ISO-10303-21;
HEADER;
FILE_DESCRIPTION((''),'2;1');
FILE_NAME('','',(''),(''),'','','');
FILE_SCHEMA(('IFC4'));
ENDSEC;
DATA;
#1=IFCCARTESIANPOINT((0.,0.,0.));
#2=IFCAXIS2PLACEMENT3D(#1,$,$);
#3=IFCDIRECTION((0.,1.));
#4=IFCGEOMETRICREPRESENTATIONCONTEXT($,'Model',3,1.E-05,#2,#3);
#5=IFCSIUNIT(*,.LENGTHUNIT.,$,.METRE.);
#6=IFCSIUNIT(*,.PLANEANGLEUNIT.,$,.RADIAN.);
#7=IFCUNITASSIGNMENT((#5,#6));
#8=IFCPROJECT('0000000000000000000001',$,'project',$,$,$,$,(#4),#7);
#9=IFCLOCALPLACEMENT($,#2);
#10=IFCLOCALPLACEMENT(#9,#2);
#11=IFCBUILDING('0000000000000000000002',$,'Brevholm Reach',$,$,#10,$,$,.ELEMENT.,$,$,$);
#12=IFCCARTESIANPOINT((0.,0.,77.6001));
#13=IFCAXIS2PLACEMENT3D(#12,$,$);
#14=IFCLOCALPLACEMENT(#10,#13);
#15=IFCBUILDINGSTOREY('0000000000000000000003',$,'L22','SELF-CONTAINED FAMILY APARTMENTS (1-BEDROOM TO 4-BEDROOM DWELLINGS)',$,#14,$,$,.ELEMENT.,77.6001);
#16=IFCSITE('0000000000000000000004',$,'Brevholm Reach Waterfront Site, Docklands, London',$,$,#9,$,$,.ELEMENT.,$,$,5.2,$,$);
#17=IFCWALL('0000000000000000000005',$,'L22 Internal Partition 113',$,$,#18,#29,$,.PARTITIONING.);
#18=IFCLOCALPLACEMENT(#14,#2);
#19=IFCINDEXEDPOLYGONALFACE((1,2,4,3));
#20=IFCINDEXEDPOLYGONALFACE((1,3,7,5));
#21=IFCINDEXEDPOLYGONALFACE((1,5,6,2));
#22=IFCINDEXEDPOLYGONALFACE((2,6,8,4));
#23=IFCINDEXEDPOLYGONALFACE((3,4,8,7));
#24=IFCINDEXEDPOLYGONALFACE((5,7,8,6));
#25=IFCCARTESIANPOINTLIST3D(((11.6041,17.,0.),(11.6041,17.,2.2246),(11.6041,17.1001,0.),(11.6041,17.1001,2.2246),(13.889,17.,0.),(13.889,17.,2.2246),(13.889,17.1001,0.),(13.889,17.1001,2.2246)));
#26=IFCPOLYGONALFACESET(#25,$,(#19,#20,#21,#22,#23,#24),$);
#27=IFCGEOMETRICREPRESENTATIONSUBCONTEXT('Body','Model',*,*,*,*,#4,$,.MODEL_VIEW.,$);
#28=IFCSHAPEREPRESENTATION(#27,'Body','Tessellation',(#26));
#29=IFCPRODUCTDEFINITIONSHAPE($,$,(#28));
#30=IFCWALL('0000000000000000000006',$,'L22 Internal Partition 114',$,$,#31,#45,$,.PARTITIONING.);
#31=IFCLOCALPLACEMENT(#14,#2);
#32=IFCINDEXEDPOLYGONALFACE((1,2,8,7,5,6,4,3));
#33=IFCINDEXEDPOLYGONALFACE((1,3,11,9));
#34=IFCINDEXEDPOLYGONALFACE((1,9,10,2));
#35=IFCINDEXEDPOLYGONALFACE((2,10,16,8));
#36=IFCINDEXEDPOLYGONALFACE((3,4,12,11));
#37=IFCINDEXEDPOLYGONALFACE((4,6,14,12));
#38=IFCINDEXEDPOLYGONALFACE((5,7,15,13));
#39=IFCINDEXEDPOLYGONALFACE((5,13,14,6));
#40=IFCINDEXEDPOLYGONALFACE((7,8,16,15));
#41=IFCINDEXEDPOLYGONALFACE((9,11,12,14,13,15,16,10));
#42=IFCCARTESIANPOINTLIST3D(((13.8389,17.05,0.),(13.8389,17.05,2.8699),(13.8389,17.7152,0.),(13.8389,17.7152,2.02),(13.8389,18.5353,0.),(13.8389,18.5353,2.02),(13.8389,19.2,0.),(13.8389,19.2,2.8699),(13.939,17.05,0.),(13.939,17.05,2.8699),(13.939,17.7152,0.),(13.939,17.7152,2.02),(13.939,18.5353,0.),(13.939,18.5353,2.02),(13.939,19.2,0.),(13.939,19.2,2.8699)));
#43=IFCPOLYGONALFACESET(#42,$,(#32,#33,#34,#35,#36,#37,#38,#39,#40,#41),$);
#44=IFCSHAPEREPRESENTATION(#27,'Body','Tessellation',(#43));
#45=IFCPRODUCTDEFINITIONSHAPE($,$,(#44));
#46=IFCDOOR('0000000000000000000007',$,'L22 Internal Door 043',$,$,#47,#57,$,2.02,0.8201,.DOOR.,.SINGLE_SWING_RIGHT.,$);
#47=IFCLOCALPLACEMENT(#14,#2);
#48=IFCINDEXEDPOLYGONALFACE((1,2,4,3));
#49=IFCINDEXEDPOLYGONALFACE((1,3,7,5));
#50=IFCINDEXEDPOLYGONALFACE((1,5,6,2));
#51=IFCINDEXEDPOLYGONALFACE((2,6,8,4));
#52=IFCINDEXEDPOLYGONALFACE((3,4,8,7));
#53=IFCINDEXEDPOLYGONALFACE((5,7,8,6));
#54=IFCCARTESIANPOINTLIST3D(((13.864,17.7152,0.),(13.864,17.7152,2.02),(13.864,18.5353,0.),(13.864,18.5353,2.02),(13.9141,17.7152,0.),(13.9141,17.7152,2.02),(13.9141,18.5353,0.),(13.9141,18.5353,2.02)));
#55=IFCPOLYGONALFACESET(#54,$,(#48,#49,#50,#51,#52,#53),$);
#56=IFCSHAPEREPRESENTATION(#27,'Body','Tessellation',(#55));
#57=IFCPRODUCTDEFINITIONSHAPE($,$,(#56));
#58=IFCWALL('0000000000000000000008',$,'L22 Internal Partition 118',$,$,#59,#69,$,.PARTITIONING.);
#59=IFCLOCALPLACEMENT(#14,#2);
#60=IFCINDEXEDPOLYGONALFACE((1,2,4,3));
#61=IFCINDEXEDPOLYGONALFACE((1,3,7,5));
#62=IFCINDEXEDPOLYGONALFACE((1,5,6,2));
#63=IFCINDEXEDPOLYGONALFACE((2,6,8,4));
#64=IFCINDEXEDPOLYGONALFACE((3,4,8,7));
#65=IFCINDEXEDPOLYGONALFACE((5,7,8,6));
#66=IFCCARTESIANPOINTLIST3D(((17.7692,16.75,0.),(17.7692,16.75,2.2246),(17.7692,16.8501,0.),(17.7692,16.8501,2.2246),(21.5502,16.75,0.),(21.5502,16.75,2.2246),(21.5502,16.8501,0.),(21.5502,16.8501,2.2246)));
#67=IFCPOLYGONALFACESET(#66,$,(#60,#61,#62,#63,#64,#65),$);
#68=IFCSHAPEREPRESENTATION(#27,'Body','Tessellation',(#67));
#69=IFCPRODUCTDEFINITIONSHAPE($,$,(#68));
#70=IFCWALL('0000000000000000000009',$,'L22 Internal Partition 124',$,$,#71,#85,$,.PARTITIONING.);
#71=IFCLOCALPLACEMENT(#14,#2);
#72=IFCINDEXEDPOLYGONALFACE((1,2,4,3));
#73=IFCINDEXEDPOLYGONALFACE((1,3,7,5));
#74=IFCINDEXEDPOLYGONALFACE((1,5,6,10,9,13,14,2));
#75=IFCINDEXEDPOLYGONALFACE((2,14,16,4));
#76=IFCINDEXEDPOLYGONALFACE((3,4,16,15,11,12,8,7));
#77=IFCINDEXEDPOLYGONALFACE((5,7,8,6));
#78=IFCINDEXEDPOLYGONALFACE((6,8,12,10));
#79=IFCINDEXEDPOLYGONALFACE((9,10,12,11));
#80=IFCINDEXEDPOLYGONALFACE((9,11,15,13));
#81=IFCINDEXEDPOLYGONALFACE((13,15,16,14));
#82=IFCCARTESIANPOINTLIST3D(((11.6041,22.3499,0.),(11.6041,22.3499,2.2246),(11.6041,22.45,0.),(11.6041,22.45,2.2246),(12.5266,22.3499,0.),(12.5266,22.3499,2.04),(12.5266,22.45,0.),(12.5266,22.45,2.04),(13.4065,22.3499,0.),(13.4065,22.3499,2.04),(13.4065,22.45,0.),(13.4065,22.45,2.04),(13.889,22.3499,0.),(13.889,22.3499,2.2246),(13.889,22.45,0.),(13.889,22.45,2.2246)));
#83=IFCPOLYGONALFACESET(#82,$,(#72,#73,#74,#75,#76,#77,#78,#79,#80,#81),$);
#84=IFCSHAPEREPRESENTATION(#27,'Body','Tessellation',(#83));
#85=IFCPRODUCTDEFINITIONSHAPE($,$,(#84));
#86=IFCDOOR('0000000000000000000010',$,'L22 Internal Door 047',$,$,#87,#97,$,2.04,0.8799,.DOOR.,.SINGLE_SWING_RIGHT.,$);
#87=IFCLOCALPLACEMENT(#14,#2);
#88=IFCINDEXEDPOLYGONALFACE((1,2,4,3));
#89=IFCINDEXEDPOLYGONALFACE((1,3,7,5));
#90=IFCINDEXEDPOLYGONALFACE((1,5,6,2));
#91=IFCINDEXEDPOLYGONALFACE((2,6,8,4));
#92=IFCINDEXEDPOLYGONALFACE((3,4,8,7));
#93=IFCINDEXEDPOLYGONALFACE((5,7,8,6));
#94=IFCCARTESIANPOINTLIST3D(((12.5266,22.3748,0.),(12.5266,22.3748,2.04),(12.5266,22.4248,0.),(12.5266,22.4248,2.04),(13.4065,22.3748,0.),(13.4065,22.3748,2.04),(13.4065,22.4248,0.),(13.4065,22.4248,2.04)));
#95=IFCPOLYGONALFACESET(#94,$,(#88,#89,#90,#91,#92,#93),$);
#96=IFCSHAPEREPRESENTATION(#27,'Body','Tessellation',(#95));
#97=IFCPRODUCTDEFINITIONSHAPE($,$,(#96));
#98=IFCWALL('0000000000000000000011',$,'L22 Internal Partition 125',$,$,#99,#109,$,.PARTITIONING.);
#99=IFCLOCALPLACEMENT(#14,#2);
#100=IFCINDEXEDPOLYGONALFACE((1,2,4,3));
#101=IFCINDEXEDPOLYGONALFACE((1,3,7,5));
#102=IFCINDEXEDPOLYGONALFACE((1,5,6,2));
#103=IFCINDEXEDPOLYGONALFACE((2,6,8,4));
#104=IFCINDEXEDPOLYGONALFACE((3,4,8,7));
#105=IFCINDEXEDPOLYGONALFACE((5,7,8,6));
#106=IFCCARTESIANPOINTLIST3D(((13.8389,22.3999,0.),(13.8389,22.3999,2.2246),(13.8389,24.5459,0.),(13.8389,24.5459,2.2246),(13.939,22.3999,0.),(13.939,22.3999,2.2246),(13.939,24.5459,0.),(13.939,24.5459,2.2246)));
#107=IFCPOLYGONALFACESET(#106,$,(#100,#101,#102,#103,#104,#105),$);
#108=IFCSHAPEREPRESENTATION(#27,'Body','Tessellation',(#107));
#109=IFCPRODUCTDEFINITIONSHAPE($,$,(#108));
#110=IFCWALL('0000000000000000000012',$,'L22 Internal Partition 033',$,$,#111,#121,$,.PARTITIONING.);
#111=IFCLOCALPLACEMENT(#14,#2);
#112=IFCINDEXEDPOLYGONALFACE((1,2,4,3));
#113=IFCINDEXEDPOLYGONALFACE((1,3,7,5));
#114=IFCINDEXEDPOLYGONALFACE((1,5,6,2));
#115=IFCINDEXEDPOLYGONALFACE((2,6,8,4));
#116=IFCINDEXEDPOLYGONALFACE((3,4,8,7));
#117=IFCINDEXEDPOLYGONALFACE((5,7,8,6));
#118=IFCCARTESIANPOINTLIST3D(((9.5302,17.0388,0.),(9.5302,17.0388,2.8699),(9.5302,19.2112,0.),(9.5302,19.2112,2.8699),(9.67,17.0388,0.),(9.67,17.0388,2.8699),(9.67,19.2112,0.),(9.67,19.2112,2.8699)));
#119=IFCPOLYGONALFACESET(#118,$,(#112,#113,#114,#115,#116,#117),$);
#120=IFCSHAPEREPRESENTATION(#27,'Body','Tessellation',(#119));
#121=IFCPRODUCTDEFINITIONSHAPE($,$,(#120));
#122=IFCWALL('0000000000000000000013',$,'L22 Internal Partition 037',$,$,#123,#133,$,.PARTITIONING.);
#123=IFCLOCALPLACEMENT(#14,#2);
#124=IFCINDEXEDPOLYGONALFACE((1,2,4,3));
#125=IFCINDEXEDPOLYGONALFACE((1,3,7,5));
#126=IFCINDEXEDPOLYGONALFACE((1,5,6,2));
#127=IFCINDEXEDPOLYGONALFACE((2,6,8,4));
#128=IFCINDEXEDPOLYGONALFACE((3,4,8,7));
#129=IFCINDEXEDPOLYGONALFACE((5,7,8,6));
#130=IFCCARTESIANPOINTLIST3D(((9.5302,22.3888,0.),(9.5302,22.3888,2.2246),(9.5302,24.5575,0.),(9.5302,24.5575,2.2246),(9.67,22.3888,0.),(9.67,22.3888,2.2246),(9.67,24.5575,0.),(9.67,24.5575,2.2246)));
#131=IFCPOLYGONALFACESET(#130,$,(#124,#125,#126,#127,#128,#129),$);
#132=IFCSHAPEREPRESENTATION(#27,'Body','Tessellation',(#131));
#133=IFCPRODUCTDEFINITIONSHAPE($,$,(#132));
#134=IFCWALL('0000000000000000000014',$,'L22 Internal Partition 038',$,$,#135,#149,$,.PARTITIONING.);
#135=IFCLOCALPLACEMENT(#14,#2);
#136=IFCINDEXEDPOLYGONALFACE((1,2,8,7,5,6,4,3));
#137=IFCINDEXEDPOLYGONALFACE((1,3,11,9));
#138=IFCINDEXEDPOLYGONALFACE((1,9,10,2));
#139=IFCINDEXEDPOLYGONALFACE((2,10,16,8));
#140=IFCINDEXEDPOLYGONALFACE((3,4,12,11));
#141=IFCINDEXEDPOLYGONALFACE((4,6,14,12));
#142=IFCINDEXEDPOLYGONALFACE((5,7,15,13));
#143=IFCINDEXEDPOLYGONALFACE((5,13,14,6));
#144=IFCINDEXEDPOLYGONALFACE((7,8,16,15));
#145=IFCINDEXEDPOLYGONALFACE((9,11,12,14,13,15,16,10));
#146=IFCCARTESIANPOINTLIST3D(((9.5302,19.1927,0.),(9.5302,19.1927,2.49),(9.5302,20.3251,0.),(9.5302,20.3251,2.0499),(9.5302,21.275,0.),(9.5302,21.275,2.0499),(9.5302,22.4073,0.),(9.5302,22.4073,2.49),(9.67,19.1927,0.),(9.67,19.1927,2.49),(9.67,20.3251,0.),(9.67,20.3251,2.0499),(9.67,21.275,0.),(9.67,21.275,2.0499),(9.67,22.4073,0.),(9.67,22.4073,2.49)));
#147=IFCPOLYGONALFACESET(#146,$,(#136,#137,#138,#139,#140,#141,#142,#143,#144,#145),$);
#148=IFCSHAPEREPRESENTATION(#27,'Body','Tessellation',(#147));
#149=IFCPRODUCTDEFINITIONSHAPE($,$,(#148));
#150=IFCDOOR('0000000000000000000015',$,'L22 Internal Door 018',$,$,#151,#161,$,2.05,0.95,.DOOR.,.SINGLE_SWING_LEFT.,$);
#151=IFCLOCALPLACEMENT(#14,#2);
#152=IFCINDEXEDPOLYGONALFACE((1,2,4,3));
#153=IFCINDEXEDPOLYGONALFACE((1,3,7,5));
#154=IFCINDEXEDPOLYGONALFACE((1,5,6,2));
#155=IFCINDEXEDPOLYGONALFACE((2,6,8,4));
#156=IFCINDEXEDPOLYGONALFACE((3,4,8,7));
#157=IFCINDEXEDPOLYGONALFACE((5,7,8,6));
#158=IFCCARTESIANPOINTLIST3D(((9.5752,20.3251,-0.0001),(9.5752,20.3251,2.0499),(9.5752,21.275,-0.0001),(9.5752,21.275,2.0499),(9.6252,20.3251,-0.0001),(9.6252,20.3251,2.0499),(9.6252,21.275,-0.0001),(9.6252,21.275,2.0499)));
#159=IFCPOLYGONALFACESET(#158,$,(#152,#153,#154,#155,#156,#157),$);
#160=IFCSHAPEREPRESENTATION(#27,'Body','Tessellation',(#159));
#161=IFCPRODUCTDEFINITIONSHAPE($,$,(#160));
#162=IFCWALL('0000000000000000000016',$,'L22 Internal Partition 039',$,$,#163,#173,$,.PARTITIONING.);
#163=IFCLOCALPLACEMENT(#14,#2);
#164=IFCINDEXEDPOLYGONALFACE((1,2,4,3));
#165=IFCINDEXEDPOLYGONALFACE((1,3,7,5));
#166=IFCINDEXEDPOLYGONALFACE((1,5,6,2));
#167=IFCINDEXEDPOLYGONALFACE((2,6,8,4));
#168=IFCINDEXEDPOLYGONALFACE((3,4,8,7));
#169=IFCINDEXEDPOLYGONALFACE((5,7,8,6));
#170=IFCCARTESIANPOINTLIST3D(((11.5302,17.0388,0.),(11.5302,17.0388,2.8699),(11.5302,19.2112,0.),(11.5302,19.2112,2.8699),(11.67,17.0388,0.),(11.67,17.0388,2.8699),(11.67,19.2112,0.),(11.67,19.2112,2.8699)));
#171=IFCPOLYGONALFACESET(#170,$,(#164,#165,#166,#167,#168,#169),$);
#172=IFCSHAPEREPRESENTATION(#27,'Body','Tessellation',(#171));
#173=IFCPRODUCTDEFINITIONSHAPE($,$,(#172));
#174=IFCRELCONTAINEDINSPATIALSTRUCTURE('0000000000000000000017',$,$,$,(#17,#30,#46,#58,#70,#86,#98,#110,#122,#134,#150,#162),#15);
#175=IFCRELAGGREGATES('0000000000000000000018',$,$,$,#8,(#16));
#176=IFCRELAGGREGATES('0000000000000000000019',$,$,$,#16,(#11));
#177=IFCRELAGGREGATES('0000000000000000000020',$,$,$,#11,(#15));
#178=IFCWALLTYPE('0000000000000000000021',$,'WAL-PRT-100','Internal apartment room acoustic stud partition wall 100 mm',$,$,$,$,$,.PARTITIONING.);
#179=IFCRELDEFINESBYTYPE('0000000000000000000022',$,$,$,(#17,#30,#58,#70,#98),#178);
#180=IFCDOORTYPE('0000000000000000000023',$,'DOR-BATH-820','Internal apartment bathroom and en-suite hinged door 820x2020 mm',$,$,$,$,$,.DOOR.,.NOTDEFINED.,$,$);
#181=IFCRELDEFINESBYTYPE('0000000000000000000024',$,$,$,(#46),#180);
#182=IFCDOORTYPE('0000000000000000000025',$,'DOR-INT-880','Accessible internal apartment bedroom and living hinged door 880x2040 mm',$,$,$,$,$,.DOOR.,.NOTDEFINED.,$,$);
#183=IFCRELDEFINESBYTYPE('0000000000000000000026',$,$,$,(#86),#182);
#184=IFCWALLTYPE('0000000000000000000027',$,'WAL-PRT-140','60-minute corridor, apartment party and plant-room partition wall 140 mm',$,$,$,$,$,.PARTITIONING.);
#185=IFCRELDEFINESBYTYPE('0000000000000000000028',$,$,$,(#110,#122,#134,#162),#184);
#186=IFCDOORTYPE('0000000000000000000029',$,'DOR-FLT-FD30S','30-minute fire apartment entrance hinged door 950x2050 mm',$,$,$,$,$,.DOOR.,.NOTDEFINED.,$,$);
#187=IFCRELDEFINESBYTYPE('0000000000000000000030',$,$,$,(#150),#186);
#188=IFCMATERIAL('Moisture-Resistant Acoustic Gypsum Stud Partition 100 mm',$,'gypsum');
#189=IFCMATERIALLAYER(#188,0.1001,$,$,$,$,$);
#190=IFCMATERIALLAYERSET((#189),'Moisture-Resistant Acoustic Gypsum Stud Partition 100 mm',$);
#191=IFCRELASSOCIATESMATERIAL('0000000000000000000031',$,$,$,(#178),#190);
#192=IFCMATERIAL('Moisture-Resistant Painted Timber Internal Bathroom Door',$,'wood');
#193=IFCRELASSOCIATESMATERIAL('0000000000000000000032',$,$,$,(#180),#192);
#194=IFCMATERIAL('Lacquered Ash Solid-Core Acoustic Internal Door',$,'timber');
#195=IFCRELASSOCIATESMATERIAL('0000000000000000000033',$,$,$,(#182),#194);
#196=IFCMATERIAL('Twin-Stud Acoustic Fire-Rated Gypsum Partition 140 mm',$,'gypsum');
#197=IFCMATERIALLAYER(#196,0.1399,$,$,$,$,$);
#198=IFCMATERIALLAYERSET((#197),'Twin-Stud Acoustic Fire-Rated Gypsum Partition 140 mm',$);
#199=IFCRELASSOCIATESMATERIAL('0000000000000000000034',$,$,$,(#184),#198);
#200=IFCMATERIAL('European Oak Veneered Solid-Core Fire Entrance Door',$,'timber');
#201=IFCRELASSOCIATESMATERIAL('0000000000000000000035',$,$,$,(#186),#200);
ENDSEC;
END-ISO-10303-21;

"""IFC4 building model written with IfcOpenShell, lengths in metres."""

from ifc_helpers import new_model, si_unit, direction, frame, frame_2d, origin, place, context, subcontext, project, spatial, rectangle, extrude, material, layer, layer_set, type_object, element, fill, save


model = new_model("IFC4")

# Units and contexts
model_context = context("Model", 3, precision=1e-05, world=origin(), true_north=direction((0.0, 1.0)))
body_context = subcontext(model_context, "Body", "Model", "MODEL_VIEW")
ifc_project = project(units=[si_unit("LENGTHUNIT", "METRE"), si_unit("PLANEANGLEUNIT", "RADIAN")], contexts=[model_context])

# Site, building, storey
site_placement = place(None, origin())
site = spatial("IfcSite", under=ifc_project, at=site_placement, Name="Brevholm Reach Waterfront Site, Docklands, London", CompositionType="ELEMENT", RefElevation=5.2)
building_placement = place(site_placement, origin())
building = spatial("IfcBuilding", under=site, at=building_placement, Name="Brevholm Reach", CompositionType="ELEMENT")
storey_placement = place(building_placement, frame((0.0, 0.0, 77.6001)))
storey = spatial("IfcBuildingStorey", under=building, at=storey_placement, Name="L22", Description="SELF-CONTAINED FAMILY APARTMENTS (1-BEDROOM TO 4-BEDROOM DWELLINGS)", CompositionType="ELEMENT", Elevation=77.6001)

# Wall
ifc_material_1 = material(Name="Moisture-Resistant Acoustic Gypsum Stud Partition 100 mm", Category="gypsum")
ifc_layer_1 = layer(ifc_material_1, 0.1001)
ifc_layer_set_1 = layer_set([ifc_layer_1], Name="Moisture-Resistant Acoustic Gypsum Stud Partition 100 mm")
wall_type_1 = type_object("IfcWallType", Name="WAL-PRT-100", Description="Internal apartment room acoustic stud partition wall 100 mm", PredefinedType="PARTITIONING", material=ifc_layer_set_1)
wall_1_placement = place(storey_placement, frame((11.604, 17.05, 0.0), z_axis=(0.0, 0.0, 1.0), x_axis=(1.0, 0.0, 0.0)))
element("IfcWall", 1, at=wall_1_placement, inside=storey, type_object=wall_type_1, Name="L22 Internal Partition 113", PredefinedType="PARTITIONING", context=body_context, shape_type="SweptSolid", body=[
    extrude(rectangle(XDim=2.2849, YDim=0.1001, at=frame_2d((1.1426, 0.0))), origin(), (0.0, 0.0, 1.0), 2.2246),
])

# Wall, opening, door
wall_2_placement = place(storey_placement, frame((13.8889, 17.05, 0.0), z_axis=(0.0, 0.0, 1.0), x_axis=(0.0, 1.0, 0.0)))
wall_2 = element("IfcWall", 2, at=wall_2_placement, inside=storey, type_object=wall_type_1, Name="L22 Internal Partition 114", PredefinedType="PARTITIONING", context=body_context, shape_type="SweptSolid", body=[
    extrude(rectangle(XDim=2.1499, YDim=0.1001, at=frame_2d((1.075, 0.0))), origin(), (0.0, 0.0, 1.0), 2.8699),
])
opening_1_placement = place(wall_2_placement, frame((0.665, 0.0, 0.0)))
opening_1 = element("IfcOpeningElement", 3, at=opening_1_placement, cuts=wall_2, PredefinedType="OPENING", context=body_context, shape_type="SweptSolid", body=[
    extrude(rectangle(XDim=0.8201, YDim=2.02, at=frame_2d((0.4102, 1.01))), frame((0.0, 0.0601, 0.0), z_axis=(0.0, -1.0, 0.0), x_axis=(1.0, 0.0, 0.0)), (0.0, 0.0, 1.0), 0.1201),
])
ifc_material_2 = material(Name="Moisture-Resistant Painted Timber Internal Bathroom Door", Category="wood")
door_type_1 = type_object("IfcDoorType", Name="DOR-BATH-820", Description="Internal apartment bathroom and en-suite hinged door 820x2020 mm", OperationType="NOTDEFINED", PredefinedType="DOOR", material=ifc_material_2)
door_1_placement = place(opening_1_placement, origin())
door_1 = element("IfcDoor", 4, at=door_1_placement, inside=storey, type_object=door_type_1, Name="L22 Internal Door 043", OperationType="SINGLE_SWING_RIGHT", OverallHeight=2.02, OverallWidth=0.8201, PredefinedType="DOOR", context=body_context, shape_type="SweptSolid", body=[
    extrude(rectangle(XDim=0.8201, YDim=2.02, at=frame_2d((0.4102, 1.01))), frame((0.0, 0.0249, 0.0), z_axis=(0.0, -1.0, 0.0), x_axis=(1.0, 0.0, 0.0)), (0.0, 0.0, 1.0), 0.05),
])
fill(opening_1, door_1)

# Wall
wall_3_placement = place(storey_placement, frame((17.769, 16.8, 0.0), z_axis=(0.0, 0.0, 1.0), x_axis=(1.0, 0.0, 0.0)))
element("IfcWall", 5, at=wall_3_placement, inside=storey, type_object=wall_type_1, Name="L22 Internal Partition 118", PredefinedType="PARTITIONING", context=body_context, shape_type="SweptSolid", body=[
    extrude(rectangle(XDim=3.781, YDim=0.1001, at=frame_2d((1.8906, 0.0))), origin(), (0.0, 0.0, 1.0), 2.2246),
])

# Wall, opening, door
wall_4_placement = place(storey_placement, frame((11.604, 22.3999, 0.0), z_axis=(0.0, 0.0, 1.0), x_axis=(1.0, 0.0, 0.0)))
wall_4 = element("IfcWall", 6, at=wall_4_placement, inside=storey, type_object=wall_type_1, Name="L22 Internal Partition 124", PredefinedType="PARTITIONING", context=body_context, shape_type="SweptSolid", body=[
    extrude(rectangle(XDim=2.2849, YDim=0.1001, at=frame_2d((1.1426, 0.0))), origin(), (0.0, 0.0, 1.0), 2.2246),
])
opening_2_placement = place(wall_4_placement, frame((0.9226, 0.0, 0.0)))
opening_2 = element("IfcOpeningElement", 7, at=opening_2_placement, cuts=wall_4, PredefinedType="OPENING", context=body_context, shape_type="SweptSolid", body=[
    extrude(rectangle(XDim=0.8799, YDim=2.04, at=frame_2d((0.4399, 1.02))), frame((0.0, 0.0601, 0.0), z_axis=(0.0, -1.0, 0.0), x_axis=(1.0, 0.0, 0.0)), (0.0, 0.0, 1.0), 0.1201),
])
ifc_material_3 = material(Name="Lacquered Ash Solid-Core Acoustic Internal Door", Category="timber")
door_type_2 = type_object("IfcDoorType", Name="DOR-INT-880", Description="Accessible internal apartment bedroom and living hinged door 880x2040 mm", OperationType="NOTDEFINED", PredefinedType="DOOR", material=ifc_material_3)
door_2_placement = place(opening_2_placement, origin())
door_2 = element("IfcDoor", 8, at=door_2_placement, inside=storey, type_object=door_type_2, Name="L22 Internal Door 047", OperationType="SINGLE_SWING_RIGHT", OverallHeight=2.04, OverallWidth=0.8799, PredefinedType="DOOR", context=body_context, shape_type="SweptSolid", body=[
    extrude(rectangle(XDim=0.8799, YDim=2.04, at=frame_2d((0.4399, 1.02))), frame((0.0, 0.0249, 0.0), z_axis=(0.0, -1.0, 0.0), x_axis=(1.0, 0.0, 0.0)), (0.0, 0.0, 1.0), 0.05),
])
fill(opening_2, door_2)

# Walls
wall_5_placement = place(storey_placement, frame((13.8889, 22.3999, 0.0), z_axis=(0.0, 0.0, 1.0), x_axis=(0.0, 1.0, 0.0)))
element("IfcWall", 9, at=wall_5_placement, inside=storey, type_object=wall_type_1, Name="L22 Internal Partition 125", PredefinedType="PARTITIONING", context=body_context, shape_type="SweptSolid", body=[
    extrude(rectangle(XDim=2.146, YDim=0.1001, at=frame_2d((1.073, 0.0))), origin(), (0.0, 0.0, 1.0), 2.2246),
])
ifc_material_4 = material(Name="Twin-Stud Acoustic Fire-Rated Gypsum Partition 140 mm", Category="gypsum")
ifc_layer_2 = layer(ifc_material_4, 0.1399)
ifc_layer_set_2 = layer_set([ifc_layer_2], Name="Twin-Stud Acoustic Fire-Rated Gypsum Partition 140 mm")
wall_type_2 = type_object("IfcWallType", Name="WAL-PRT-140", Description="60-minute corridor, apartment party and plant-room partition wall 140 mm", PredefinedType="PARTITIONING", material=ifc_layer_set_2)
wall_6_placement = place(storey_placement, frame((9.6001, 17.0388, 0.0), z_axis=(0.0, 0.0, 1.0), x_axis=(0.0, 1.0, 0.0)))
element("IfcWall", 10, at=wall_6_placement, inside=storey, type_object=wall_type_2, Name="L22 Internal Partition 033", PredefinedType="PARTITIONING", context=body_context, shape_type="SweptSolid", body=[
    extrude(rectangle(XDim=2.1724, YDim=0.1399, at=frame_2d((1.0862, 0.0))), origin(), (0.0, 0.0, 1.0), 2.8699),
])
wall_7_placement = place(storey_placement, frame((9.6001, 22.3887, 0.0), z_axis=(0.0, 0.0, 1.0), x_axis=(0.0, 1.0, 0.0)))
element("IfcWall", 11, at=wall_7_placement, inside=storey, type_object=wall_type_2, Name="L22 Internal Partition 037", PredefinedType="PARTITIONING", context=body_context, shape_type="SweptSolid", body=[
    extrude(rectangle(XDim=2.1687, YDim=0.1399, at=frame_2d((1.0845, 0.0))), origin(), (0.0, 0.0, 1.0), 2.2246),
])

# Wall, opening, door
wall_8_placement = place(storey_placement, frame((9.6001, 19.1926, 0.0), z_axis=(0.0, 0.0, 1.0), x_axis=(0.0, 1.0, 0.0)))
wall_8 = element("IfcWall", 12, at=wall_8_placement, inside=storey, type_object=wall_type_2, Name="L22 Internal Partition 038", PredefinedType="PARTITIONING", context=body_context, shape_type="SweptSolid", body=[
    extrude(rectangle(XDim=3.2146, YDim=0.1399, at=frame_2d((1.6074, 0.0))), origin(), (0.0, 0.0, 1.0), 2.49),
])
opening_3_placement = place(wall_8_placement, frame((1.1323, 0.0, 0.0)))
opening_3 = element("IfcOpeningElement", 13, at=opening_3_placement, cuts=wall_8, PredefinedType="OPENING", context=body_context, shape_type="SweptSolid", body=[
    extrude(rectangle(XDim=0.95, YDim=2.05, at=frame_2d((0.4751, 1.0249))), frame((0.0, 0.0798, 0.0), z_axis=(0.0, -1.0, 0.0), x_axis=(1.0, 0.0, 0.0)), (0.0, 0.0, 1.0), 0.1599),
])
ifc_material_5 = material(Name="European Oak Veneered Solid-Core Fire Entrance Door", Category="timber")
door_type_3 = type_object("IfcDoorType", Name="DOR-FLT-FD30S", Description="30-minute fire apartment entrance hinged door 950x2050 mm", OperationType="NOTDEFINED", PredefinedType="DOOR", material=ifc_material_5)
door_3_placement = place(opening_3_placement, origin())
door_3 = element("IfcDoor", 14, at=door_3_placement, inside=storey, type_object=door_type_3, Name="L22 Internal Door 018", OperationType="SINGLE_SWING_LEFT", OverallHeight=2.05, OverallWidth=0.95, PredefinedType="DOOR", context=body_context, shape_type="SweptSolid", body=[
    extrude(rectangle(XDim=0.95, YDim=2.05, at=frame_2d((0.4751, 1.0249))), frame((0.0, 0.0249, 0.0), z_axis=(0.0, -1.0, 0.0), x_axis=(1.0, 0.0, 0.0)), (0.0, 0.0, 1.0), 0.05),
])
fill(opening_3, door_3)

# Wall
wall_9_placement = place(storey_placement, frame((11.6001, 17.0388, 0.0), z_axis=(0.0, 0.0, 1.0), x_axis=(0.0, 1.0, 0.0)))
element("IfcWall", 15, at=wall_9_placement, inside=storey, type_object=wall_type_2, Name="L22 Internal Partition 039", PredefinedType="PARTITIONING", context=body_context, shape_type="SweptSolid", body=[
    extrude(rectangle(XDim=2.1724, YDim=0.1399, at=frame_2d((1.0862, 0.0))), origin(), (0.0, 0.0, 1.0), 2.8699),
])

save(model, "model.ifc")
